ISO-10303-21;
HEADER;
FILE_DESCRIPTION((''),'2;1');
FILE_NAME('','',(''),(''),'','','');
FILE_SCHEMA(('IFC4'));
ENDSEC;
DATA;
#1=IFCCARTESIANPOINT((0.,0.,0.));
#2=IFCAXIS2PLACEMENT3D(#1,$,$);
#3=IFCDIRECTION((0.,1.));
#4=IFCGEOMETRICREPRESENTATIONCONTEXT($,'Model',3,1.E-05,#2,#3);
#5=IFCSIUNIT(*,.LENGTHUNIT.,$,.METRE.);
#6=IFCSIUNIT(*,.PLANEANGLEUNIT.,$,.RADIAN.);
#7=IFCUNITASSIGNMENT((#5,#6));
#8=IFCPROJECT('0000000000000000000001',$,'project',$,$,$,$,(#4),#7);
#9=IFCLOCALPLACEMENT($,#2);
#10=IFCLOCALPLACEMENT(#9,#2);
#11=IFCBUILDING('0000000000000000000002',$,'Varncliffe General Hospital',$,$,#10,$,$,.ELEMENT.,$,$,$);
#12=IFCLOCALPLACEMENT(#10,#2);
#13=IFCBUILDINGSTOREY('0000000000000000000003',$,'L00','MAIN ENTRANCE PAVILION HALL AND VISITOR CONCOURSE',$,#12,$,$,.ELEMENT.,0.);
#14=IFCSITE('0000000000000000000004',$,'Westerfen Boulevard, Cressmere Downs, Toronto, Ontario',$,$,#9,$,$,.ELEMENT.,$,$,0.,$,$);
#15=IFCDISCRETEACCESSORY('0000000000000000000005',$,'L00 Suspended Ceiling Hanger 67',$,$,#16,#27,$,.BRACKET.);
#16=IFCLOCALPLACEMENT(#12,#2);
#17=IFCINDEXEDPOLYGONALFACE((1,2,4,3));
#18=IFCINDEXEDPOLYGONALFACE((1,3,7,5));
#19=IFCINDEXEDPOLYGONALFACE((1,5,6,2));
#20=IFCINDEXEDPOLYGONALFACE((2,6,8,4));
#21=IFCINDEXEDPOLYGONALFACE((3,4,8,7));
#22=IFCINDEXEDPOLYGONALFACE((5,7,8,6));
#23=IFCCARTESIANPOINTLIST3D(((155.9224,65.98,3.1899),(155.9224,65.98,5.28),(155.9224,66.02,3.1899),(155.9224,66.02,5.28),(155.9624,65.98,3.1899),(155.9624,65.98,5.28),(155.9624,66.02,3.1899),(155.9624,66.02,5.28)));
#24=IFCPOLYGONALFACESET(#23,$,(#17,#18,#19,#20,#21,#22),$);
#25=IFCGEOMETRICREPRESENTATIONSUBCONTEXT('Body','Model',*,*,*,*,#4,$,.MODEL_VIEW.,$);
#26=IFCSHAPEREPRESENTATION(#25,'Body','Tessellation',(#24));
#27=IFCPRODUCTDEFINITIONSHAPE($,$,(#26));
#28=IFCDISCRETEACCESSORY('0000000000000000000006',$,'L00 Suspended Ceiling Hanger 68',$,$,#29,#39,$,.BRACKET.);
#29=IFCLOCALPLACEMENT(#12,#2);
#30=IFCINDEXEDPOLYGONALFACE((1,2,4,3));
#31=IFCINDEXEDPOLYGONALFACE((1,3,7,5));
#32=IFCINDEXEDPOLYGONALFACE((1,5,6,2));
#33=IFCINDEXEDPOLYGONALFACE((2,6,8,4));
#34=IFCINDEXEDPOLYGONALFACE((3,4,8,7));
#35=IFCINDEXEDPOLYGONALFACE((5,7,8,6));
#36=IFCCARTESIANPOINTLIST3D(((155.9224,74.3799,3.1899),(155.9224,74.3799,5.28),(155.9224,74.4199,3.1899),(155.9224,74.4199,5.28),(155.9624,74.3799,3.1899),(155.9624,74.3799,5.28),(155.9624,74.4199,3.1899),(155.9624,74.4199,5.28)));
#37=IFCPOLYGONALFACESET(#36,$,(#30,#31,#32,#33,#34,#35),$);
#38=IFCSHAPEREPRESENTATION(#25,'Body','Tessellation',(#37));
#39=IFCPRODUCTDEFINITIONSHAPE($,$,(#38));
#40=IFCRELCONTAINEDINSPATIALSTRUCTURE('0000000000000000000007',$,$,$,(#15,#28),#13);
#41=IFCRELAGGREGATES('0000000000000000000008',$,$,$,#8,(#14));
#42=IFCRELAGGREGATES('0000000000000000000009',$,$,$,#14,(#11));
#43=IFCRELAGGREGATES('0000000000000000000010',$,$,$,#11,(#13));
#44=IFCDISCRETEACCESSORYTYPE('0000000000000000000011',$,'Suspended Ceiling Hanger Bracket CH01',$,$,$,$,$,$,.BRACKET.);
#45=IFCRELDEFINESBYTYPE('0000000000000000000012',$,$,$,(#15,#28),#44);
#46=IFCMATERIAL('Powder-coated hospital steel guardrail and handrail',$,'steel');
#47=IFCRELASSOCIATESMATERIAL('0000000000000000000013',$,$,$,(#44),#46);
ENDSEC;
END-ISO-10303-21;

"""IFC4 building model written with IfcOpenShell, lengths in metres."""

from ifc_helpers import new_model, si_unit, direction, frame, origin, origin_2d, place, context, subcontext, project, spatial, rectangle, extrude, material, type_object, element, save


model = new_model("IFC4")

# Units and contexts
model_context = context("Model", 3, precision=1e-05, world=origin(), true_north=direction((0.0, 1.0)))
body_context = subcontext(model_context, "Body", "Model", "MODEL_VIEW")
ifc_project = project(units=[si_unit("LENGTHUNIT", "METRE"), si_unit("PLANEANGLEUNIT", "RADIAN")], contexts=[model_context])

# Site, building, storey
site_placement = place(None, origin())
site = spatial("IfcSite", under=ifc_project, at=site_placement, Name="Westerfen Boulevard, Cressmere Downs, Toronto, Ontario", CompositionType="ELEMENT", RefElevation=0.0)
building_placement = place(site_placement, origin())
building = spatial("IfcBuilding", under=site, at=building_placement, Name="Varncliffe General Hospital", CompositionType="ELEMENT")
storey_placement = place(building_placement, origin())
storey = spatial("IfcBuildingStorey", under=building, at=storey_placement, Name="L00", Description="MAIN ENTRANCE PAVILION HALL AND VISITOR CONCOURSE", CompositionType="ELEMENT", Elevation=0.0)

# Discrete accessories
ifc_material_1 = material(Name="Powder-coated hospital steel guardrail and handrail", Category="steel")
discrete_accessory_type = type_object("IfcDiscreteAccessoryType", Name="Suspended Ceiling Hanger Bracket CH01", PredefinedType="BRACKET", material=ifc_material_1)
for number, where, z_axis, x_axis, name in (
    (1, (155.9424, 66.0, 3.1899), (0.0, 0.0, 1.0), (1.0, 0.0, 0.0), "L00 Suspended Ceiling Hanger 67"),
    (2, (155.9424, 74.3999, 3.1899), (0.0, 0.0, 1.0), (1.0, 0.0, 0.0), "L00 Suspended Ceiling Hanger 68"),
):
    element("IfcDiscreteAccessory", number, at=place(storey_placement, frame(where, z_axis=z_axis, x_axis=x_axis)), inside=storey, type_object=discrete_accessory_type, Name=name, PredefinedType="BRACKET", context=body_context, shape_type="SweptSolid", body=[
        extrude(rectangle(XDim=0.04, YDim=0.04, at=origin_2d()), origin(), (0.0, 0.0, 1.0), 2.0901),
    ])

save(model, "model.ifc")
